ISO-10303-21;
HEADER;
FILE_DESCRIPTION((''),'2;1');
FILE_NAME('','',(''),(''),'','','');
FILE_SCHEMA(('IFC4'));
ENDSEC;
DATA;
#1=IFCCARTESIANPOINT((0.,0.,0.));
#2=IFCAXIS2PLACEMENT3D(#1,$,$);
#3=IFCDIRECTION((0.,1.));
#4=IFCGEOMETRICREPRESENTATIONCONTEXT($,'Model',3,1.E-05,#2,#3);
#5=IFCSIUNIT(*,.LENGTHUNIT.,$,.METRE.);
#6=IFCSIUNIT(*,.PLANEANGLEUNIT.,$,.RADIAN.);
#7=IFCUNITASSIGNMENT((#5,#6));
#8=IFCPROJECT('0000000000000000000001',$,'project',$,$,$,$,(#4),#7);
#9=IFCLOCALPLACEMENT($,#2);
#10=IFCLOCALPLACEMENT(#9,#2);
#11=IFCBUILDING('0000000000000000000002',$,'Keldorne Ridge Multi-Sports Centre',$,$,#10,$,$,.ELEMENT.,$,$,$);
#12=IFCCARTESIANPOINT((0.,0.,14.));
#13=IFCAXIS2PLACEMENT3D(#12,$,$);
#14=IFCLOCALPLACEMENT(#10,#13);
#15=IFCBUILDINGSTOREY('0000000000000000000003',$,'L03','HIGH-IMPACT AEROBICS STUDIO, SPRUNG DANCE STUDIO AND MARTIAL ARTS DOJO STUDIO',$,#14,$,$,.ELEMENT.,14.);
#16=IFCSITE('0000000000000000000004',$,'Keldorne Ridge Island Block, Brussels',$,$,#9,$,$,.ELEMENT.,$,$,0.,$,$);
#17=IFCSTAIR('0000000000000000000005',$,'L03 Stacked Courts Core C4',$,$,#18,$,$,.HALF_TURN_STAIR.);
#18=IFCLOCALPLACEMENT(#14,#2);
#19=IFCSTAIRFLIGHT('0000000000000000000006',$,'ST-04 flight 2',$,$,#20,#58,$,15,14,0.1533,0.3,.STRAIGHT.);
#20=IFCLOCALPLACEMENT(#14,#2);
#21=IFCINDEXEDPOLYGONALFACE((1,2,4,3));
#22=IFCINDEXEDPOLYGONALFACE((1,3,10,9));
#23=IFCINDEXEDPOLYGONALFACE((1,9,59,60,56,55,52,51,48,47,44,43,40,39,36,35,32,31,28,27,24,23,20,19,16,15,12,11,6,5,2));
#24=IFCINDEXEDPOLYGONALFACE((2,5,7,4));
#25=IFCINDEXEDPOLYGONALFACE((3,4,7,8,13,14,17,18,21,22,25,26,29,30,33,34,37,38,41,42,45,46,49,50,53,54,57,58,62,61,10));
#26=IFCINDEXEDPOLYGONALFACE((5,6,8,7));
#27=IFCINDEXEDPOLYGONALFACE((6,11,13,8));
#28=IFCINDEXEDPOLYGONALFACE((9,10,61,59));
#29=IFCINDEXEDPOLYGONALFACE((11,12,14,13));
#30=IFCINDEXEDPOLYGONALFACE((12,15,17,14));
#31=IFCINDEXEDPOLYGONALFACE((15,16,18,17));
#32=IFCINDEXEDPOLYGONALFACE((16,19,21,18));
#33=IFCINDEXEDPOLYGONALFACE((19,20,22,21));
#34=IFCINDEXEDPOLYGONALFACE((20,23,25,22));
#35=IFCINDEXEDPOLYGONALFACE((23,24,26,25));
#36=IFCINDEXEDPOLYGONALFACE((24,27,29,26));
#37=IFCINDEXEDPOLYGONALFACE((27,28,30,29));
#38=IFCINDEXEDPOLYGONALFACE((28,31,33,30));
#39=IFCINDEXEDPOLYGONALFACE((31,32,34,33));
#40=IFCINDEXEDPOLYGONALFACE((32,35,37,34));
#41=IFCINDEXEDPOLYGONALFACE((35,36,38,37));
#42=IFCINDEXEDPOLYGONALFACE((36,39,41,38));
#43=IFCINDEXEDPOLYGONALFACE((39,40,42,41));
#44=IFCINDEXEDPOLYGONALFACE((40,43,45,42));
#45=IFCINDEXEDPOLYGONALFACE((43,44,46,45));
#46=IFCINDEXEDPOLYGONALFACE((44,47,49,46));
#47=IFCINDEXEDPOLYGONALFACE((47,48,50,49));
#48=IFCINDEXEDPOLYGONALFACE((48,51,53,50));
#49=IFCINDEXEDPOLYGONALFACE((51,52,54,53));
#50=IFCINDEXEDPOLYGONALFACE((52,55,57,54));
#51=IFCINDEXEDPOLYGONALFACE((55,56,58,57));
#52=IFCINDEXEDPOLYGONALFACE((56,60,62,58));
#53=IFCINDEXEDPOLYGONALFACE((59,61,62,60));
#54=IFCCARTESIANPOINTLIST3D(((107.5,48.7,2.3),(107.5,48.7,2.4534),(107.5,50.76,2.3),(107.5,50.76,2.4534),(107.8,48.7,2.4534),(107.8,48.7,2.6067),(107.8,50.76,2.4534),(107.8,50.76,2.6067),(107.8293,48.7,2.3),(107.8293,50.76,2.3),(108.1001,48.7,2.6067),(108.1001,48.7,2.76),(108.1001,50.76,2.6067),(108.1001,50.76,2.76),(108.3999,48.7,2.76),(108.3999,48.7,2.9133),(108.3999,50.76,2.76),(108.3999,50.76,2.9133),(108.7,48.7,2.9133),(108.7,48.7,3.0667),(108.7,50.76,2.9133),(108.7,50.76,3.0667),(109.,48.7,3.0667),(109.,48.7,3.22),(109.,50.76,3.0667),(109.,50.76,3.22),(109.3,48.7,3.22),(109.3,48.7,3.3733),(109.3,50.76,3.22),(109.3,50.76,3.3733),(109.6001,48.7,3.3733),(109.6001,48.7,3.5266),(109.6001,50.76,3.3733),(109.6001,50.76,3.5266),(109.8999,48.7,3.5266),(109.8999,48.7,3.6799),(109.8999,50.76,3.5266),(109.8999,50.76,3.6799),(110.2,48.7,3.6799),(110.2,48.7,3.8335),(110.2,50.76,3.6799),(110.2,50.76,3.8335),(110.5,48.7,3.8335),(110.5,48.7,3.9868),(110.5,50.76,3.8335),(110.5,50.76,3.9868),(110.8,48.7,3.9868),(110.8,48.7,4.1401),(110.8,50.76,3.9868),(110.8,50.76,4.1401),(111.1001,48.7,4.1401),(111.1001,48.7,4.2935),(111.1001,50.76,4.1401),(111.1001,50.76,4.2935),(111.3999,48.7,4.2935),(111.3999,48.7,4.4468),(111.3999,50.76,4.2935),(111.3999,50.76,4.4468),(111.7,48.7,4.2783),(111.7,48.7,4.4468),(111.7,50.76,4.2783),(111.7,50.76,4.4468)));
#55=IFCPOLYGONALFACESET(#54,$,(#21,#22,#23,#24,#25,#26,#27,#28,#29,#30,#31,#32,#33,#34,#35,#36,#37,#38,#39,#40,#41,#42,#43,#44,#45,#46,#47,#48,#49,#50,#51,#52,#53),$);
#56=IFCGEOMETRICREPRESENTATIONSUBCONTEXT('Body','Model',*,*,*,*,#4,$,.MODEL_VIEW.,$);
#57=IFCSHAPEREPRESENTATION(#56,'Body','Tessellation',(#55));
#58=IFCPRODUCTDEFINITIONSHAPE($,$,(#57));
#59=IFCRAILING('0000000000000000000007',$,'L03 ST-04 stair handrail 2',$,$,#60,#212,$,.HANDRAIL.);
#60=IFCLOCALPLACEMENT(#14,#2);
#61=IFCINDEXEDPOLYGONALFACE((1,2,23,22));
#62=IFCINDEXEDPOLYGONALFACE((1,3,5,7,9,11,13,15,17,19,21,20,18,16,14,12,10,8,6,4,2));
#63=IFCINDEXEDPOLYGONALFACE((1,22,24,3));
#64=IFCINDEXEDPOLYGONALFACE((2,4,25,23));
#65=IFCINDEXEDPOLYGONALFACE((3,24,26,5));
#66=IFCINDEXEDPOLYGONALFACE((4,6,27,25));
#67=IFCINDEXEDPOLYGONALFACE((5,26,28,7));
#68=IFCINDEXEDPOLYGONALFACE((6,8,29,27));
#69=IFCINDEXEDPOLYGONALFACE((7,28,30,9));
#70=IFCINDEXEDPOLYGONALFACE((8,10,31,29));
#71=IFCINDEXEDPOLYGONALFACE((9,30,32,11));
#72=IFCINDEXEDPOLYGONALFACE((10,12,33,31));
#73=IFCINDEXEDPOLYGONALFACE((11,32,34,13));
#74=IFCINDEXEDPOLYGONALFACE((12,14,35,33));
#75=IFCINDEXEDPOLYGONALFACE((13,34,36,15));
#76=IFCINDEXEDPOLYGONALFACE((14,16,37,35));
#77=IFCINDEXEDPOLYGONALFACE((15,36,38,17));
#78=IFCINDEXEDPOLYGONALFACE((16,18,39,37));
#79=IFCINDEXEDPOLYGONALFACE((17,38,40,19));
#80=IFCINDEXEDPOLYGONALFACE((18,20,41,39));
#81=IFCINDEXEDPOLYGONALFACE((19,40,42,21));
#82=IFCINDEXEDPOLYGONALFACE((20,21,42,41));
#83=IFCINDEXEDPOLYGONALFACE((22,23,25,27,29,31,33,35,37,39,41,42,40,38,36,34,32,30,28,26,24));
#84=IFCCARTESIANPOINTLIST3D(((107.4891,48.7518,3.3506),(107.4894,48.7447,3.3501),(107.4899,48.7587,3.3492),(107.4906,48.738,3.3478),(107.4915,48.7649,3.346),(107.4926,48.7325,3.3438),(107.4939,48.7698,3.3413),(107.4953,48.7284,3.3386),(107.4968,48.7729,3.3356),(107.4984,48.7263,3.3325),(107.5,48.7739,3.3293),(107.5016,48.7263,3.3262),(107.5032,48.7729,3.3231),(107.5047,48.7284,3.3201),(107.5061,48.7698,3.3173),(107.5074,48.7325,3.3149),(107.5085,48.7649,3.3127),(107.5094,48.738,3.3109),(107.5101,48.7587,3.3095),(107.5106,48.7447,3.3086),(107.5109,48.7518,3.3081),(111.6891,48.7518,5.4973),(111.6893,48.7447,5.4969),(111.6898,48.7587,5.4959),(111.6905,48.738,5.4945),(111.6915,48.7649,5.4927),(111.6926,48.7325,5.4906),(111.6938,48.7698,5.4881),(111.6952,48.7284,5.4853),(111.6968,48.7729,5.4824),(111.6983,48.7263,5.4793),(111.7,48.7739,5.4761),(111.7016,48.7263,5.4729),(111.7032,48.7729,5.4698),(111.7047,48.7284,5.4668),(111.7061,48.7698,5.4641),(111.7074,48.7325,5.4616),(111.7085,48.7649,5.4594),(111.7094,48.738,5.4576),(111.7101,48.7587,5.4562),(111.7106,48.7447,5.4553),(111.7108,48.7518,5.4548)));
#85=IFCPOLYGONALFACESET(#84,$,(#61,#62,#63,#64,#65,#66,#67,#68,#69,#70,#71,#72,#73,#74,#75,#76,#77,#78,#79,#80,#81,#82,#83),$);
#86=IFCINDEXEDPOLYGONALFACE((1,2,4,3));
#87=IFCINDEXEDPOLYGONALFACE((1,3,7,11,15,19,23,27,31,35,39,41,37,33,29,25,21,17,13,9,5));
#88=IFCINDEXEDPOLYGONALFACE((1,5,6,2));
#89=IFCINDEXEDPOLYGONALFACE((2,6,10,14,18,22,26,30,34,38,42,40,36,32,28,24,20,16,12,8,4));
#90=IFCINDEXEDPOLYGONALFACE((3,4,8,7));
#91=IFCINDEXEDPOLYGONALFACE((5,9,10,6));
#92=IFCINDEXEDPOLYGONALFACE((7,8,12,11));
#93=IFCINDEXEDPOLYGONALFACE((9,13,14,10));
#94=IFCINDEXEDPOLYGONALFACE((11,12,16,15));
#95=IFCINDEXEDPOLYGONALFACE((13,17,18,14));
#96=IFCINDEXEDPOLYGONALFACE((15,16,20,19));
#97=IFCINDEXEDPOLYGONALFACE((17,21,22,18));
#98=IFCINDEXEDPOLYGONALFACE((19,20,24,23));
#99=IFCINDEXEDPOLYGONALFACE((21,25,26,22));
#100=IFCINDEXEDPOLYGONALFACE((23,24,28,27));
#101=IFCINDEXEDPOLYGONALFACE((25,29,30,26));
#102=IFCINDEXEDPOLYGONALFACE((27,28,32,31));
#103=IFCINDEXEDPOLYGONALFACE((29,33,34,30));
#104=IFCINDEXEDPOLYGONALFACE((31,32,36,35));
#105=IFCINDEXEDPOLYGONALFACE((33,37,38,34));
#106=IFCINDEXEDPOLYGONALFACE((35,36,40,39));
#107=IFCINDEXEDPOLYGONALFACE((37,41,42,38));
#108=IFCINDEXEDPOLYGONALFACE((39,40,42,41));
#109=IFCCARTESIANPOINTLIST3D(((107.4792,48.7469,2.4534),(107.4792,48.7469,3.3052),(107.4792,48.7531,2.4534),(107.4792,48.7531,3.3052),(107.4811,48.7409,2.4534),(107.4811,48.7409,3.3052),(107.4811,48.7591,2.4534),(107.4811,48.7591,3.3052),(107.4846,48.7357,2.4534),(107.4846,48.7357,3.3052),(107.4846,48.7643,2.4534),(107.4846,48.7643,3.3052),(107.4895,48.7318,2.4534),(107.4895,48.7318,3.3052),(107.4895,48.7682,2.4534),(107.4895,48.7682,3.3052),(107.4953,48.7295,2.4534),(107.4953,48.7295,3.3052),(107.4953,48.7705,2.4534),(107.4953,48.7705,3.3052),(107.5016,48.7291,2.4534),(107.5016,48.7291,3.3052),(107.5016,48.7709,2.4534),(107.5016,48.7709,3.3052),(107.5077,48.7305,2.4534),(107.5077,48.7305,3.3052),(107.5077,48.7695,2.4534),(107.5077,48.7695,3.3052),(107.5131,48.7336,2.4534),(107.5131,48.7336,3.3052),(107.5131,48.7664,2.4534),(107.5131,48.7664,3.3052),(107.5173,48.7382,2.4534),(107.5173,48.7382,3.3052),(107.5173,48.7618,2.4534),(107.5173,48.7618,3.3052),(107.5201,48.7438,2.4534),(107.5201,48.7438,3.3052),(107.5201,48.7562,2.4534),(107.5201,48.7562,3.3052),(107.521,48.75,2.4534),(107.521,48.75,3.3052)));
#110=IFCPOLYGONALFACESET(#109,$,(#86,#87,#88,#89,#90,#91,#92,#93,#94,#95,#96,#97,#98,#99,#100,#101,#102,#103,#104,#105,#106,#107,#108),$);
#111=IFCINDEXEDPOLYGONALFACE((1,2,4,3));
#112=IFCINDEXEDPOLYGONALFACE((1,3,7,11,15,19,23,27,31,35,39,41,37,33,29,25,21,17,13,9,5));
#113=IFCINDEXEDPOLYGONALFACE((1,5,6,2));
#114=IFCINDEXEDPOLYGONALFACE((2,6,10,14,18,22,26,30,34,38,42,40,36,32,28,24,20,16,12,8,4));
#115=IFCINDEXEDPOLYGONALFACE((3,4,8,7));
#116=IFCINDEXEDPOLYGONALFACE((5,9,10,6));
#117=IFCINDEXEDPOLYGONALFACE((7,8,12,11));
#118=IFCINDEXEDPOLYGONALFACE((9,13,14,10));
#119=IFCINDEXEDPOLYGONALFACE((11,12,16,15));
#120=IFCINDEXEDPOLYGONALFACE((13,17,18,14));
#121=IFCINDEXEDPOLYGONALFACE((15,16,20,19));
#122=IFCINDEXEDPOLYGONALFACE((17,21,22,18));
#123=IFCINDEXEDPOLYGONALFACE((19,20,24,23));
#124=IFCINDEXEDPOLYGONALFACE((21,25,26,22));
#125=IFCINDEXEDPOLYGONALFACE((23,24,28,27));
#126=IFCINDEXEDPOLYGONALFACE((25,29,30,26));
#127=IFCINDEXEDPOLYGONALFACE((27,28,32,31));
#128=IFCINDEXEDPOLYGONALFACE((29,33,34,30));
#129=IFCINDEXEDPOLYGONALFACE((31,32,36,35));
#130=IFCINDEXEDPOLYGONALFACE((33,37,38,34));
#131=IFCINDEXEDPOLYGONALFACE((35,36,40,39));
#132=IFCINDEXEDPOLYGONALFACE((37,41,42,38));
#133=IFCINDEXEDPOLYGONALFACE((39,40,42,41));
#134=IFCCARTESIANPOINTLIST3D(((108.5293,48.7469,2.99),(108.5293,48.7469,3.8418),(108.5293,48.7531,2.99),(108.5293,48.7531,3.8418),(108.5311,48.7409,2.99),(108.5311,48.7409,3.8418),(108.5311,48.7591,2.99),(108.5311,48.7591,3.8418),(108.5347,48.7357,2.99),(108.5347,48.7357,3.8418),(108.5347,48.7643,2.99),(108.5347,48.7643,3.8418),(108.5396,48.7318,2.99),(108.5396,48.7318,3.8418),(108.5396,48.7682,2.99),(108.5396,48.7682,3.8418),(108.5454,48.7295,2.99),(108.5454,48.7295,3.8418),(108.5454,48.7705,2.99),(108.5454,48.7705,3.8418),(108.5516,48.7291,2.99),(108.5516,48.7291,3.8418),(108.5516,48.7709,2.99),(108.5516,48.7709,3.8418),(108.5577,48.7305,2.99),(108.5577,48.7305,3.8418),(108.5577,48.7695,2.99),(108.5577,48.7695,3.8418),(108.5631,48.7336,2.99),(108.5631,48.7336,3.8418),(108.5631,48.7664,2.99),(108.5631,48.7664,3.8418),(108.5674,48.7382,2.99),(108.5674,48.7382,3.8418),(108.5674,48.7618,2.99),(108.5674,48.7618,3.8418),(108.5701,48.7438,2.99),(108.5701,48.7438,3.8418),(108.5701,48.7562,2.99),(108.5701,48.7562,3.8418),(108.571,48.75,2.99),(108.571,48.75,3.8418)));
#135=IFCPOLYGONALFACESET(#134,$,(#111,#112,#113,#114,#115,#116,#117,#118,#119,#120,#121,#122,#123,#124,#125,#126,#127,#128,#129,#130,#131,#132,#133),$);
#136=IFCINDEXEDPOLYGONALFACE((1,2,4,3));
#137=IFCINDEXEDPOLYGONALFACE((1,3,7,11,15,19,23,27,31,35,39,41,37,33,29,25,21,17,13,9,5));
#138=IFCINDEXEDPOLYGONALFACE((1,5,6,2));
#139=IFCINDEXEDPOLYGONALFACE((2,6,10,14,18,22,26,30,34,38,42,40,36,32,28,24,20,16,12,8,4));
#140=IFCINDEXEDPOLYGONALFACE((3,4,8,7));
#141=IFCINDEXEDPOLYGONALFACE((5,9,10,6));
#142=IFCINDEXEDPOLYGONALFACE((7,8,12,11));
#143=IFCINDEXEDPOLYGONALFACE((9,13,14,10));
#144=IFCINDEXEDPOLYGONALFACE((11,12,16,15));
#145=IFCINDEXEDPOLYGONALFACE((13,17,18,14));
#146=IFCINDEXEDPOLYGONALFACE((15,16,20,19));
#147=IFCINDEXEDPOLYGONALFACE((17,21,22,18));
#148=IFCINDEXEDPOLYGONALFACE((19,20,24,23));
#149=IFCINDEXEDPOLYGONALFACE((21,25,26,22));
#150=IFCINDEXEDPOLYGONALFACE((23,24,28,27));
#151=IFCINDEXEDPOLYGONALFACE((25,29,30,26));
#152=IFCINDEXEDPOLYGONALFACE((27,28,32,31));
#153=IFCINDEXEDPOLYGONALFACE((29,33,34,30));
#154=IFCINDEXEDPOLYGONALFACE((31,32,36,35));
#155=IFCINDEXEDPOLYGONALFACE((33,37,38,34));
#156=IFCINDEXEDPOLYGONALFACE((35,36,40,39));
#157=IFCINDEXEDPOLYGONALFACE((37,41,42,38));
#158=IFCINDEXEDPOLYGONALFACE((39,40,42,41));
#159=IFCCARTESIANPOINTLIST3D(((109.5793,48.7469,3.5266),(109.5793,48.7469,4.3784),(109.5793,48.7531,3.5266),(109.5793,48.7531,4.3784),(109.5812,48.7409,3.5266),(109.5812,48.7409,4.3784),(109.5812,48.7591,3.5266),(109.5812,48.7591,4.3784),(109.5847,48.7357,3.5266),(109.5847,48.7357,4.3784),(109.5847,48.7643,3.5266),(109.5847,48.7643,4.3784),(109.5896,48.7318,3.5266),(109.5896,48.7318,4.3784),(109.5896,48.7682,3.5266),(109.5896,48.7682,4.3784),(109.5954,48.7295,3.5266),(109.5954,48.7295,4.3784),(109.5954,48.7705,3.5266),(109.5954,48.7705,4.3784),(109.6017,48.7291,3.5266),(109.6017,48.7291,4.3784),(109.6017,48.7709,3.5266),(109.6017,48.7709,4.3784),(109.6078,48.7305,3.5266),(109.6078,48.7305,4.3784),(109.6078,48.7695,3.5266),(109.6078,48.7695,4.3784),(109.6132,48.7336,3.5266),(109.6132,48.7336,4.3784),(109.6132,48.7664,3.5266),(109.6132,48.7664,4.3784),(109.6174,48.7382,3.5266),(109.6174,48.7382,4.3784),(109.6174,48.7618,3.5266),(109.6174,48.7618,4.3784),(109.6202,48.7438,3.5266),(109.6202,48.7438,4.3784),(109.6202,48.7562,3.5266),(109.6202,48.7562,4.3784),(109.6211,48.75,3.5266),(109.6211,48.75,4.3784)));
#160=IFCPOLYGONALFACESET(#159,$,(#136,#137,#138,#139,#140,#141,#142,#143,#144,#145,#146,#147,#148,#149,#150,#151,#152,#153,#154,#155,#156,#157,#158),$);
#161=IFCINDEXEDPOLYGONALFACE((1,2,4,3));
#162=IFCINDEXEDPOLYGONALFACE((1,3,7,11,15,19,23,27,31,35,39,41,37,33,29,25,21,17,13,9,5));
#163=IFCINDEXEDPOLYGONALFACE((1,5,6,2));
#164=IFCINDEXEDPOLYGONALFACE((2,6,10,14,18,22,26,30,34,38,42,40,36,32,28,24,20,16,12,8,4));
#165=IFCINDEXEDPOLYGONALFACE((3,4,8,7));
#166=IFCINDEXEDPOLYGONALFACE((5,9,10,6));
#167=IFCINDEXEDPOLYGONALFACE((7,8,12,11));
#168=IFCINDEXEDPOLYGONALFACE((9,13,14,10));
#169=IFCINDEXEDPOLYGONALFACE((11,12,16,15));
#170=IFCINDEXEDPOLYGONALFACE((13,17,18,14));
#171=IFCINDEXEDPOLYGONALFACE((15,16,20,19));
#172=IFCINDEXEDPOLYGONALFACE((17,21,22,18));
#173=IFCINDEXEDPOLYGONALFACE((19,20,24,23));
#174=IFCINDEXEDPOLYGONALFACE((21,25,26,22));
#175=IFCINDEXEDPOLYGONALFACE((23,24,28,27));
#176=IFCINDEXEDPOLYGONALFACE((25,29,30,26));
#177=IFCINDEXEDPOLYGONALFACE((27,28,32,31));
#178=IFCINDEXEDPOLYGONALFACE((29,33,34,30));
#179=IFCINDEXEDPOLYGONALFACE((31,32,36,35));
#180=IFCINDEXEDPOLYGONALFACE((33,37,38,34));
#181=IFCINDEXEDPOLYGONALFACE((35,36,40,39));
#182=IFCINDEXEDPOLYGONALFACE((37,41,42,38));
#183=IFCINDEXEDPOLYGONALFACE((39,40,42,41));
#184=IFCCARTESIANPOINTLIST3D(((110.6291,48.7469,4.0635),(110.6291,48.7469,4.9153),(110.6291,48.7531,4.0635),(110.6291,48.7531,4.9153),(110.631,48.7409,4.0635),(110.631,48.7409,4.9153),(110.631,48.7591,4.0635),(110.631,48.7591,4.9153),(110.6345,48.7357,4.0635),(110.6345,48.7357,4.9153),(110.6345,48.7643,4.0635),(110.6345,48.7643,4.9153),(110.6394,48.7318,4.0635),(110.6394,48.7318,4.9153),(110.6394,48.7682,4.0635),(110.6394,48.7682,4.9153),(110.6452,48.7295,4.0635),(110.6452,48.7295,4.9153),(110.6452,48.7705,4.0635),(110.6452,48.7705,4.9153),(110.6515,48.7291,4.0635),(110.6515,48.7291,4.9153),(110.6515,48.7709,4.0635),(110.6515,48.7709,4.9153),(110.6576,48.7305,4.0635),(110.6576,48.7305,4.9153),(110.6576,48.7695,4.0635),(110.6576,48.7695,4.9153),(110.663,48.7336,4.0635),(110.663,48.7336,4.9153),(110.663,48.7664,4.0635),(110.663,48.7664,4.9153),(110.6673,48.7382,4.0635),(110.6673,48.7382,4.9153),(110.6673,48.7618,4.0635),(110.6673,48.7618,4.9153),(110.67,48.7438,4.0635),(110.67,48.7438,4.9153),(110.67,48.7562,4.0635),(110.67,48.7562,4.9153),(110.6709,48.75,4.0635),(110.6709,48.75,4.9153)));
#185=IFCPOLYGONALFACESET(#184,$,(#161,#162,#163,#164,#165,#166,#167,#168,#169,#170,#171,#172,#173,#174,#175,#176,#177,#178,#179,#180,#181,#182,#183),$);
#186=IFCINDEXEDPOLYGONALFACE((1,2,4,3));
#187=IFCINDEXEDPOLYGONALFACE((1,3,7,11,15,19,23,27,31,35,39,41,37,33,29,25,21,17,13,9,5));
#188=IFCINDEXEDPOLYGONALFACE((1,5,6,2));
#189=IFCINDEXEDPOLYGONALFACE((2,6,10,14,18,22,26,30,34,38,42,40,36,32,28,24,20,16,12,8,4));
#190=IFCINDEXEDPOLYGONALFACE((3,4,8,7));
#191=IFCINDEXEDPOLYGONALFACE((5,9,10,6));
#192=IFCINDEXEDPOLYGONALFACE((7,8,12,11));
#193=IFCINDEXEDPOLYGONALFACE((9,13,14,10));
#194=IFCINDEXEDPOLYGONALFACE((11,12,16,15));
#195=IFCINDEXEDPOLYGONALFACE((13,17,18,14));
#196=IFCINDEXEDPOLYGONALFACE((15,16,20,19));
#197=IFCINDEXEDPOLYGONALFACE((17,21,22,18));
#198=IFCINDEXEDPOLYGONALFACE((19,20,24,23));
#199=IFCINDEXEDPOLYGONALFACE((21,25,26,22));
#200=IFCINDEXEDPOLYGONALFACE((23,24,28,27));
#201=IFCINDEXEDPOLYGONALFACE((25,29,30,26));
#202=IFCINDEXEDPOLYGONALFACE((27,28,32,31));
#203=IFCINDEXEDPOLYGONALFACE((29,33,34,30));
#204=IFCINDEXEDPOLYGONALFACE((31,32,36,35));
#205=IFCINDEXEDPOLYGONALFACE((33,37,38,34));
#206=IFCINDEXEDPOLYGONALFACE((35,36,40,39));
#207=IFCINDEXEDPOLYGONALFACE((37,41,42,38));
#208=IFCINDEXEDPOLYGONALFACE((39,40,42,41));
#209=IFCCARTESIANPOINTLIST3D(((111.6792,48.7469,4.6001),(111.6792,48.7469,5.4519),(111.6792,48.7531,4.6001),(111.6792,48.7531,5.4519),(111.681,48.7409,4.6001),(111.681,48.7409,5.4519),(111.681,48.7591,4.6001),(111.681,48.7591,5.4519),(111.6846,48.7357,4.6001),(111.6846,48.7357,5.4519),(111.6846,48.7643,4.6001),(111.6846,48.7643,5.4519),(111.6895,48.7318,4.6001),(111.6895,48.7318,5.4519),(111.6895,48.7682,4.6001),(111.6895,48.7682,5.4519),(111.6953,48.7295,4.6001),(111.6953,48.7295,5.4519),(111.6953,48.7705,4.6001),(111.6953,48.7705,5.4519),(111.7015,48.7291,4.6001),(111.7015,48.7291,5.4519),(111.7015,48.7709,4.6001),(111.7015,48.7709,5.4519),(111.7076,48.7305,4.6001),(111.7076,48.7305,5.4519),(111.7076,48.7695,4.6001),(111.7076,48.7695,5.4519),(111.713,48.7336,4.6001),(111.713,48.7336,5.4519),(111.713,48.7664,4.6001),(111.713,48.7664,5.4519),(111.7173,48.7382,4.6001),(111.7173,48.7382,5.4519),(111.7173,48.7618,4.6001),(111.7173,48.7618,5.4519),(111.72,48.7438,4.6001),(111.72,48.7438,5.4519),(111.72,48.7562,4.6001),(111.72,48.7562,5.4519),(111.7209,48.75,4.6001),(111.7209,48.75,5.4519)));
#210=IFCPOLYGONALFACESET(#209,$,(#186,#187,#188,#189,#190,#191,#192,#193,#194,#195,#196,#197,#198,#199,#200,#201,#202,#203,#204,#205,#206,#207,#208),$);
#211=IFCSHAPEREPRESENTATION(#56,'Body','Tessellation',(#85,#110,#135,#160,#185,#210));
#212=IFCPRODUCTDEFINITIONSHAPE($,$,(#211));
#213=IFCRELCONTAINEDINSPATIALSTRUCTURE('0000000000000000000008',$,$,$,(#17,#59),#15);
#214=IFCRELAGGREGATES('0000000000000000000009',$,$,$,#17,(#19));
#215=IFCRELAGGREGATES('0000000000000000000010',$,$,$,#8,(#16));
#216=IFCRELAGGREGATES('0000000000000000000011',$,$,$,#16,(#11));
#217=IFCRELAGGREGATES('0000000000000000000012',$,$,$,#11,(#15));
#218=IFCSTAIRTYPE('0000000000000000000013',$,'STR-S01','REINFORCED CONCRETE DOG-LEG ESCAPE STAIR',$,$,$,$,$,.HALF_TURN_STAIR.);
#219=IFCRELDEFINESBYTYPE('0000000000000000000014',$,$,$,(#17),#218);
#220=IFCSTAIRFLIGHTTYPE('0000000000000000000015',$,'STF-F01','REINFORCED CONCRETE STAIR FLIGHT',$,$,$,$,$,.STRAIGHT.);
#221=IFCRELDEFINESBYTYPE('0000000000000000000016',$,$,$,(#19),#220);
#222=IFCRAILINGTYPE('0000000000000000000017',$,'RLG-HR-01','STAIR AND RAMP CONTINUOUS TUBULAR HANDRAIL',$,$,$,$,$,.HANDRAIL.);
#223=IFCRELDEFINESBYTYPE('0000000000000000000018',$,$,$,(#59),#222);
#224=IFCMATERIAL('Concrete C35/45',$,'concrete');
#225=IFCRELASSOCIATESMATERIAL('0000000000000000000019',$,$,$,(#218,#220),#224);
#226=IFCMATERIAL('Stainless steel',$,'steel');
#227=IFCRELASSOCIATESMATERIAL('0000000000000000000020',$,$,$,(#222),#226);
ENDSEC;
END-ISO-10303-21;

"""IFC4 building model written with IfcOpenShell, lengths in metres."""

from ifc_helpers import new_model, si_unit, direction, frame, origin, origin_2d, place, context, subcontext, project, spatial, polyline, circle, outline, extrude, material, type_object, element, aggregate, save


model = new_model("IFC4")

# Units and contexts
model_context = context("Model", 3, precision=1e-05, world=origin(), true_north=direction((0.0, 1.0)))
body_context = subcontext(model_context, "Body", "Model", "MODEL_VIEW")
ifc_project = project(units=[si_unit("LENGTHUNIT", "METRE"), si_unit("PLANEANGLEUNIT", "RADIAN")], contexts=[model_context])

# Site, building, storey
site_placement = place(None, origin())
site = spatial("IfcSite", under=ifc_project, at=site_placement, Name="Keldorne Ridge Island Block, Brussels", CompositionType="ELEMENT", RefElevation=0.0)
building_placement = place(site_placement, origin())
building = spatial("IfcBuilding", under=site, at=building_placement, Name="Keldorne Ridge Multi-Sports Centre", CompositionType="ELEMENT")
storey_placement = place(building_placement, frame((0.0, 0.0, 14.0)))
storey = spatial("IfcBuildingStorey", under=building, at=storey_placement, Name="L03", Description="HIGH-IMPACT AEROBICS STUDIO, SPRUNG DANCE STUDIO AND MARTIAL ARTS DOJO STUDIO", CompositionType="ELEMENT", Elevation=14.0)

# Shared definitions
ifc_material_1 = material(Name="Stainless steel", Category="steel")

# Stair, stair flight
ifc_material_2 = material(Name="Concrete C35/45", Category="concrete")
stair_type = type_object("IfcStairType", Name="STR-S01", Description="REINFORCED CONCRETE DOG-LEG ESCAPE STAIR", PredefinedType="HALF_TURN_STAIR", material=ifc_material_2)
stair_placement = place(storey_placement, origin())
stair = element("IfcStair", 1, at=stair_placement, inside=storey, type_object=stair_type, Name="L03 Stacked Courts Core C4", PredefinedType="HALF_TURN_STAIR")
stair_flight_type = type_object("IfcStairFlightType", Name="STF-F01", Description="REINFORCED CONCRETE STAIR FLIGHT", PredefinedType="STRAIGHT", material=ifc_material_2)
stair_flight_placement = place(storey_placement, frame((107.5, 49.73, 2.3), z_axis=(0.0, 0.0, 1.0), x_axis=(1.0, 0.0, 0.0)))
stair_flight = element("IfcStairFlight", 2, at=stair_flight_placement, type_object=stair_flight_type, Name="ST-04 flight 2", NumberOfRisers=15, NumberOfTreads=14, PredefinedType="STRAIGHT", RiserHeight=0.1533, TreadLength=0.3, context=body_context, shape_type="SweptSolid", body=[
    extrude(outline(polyline([(0.0, 0.0), (0.0, 0.1533), (0.3, 0.1533), (0.3, 0.3066), (0.6001, 0.3066), (0.6001, 0.46), (0.8999, 0.46), (0.8999, 0.6133), (1.2, 0.6133), (1.2, 0.7666), (1.5, 0.7666), (1.5, 0.9199), (1.8, 0.9199), (1.8, 1.0732), (2.1001, 1.0732), (2.1001, 1.2266), (2.3999, 1.2266), (2.3999, 1.3799), (2.7, 1.3799), (2.7, 1.5334), (3.0, 1.5334), (3.0, 1.6868), (3.3, 1.6868), (3.3, 1.8401), (3.6001, 1.8401), (3.6001, 1.9934), (3.8999, 1.9934), (3.8999, 2.1467), (4.2, 2.1467), (4.2, 2.3), (4.2, 1.9783), (0.3293, 0.0), (0.0, 0.0)])), frame((0.0, 1.03, 0.0), z_axis=(0.0, -1.0, 0.0), x_axis=(1.0, 0.0, 0.0)), (0.0, 0.0, 1.0), 2.0601),
])
aggregate(stair, [stair_flight])

# Railing
railing_type_1 = type_object("IfcRailingType", Name="RLG-HR-01", Description="STAIR AND RAMP CONTINUOUS TUBULAR HANDRAIL", PredefinedType="HANDRAIL", material=ifc_material_1)
railing_1_placement = place(storey_placement, frame((107.5, 48.75, 2.4534)))
element("IfcRailing", 3, at=railing_1_placement, inside=storey, type_object=railing_type_1, Name="L03 ST-04 stair handrail 2", PredefinedType="HANDRAIL", context=body_context, shape_type="SweptSolid", body=[
    extrude(circle(Radius=0.0239, at=origin_2d()), frame((0.0, 0.0, 0.876), z_axis=(0.890427, 0.0, 0.455126), x_axis=(0.0, 1.0, 0.0)), (0.0, 0.0, 1.0), 4.7168),
    extrude(circle(Radius=0.021, at=origin_2d()), origin(), (0.0, 0.0, 1.0), 0.8518),
    extrude(circle(Radius=0.021, at=origin_2d()), frame((1.05, 0.0, 0.5366)), (0.0, 0.0, 1.0), 0.8518),
    extrude(circle(Radius=0.021, at=origin_2d()), frame((2.1001, 0.0, 1.0732)), (0.0, 0.0, 1.0), 0.8518),
    extrude(circle(Radius=0.021, at=origin_2d()), frame((3.1499, 0.0, 1.6101)), (0.0, 0.0, 1.0), 0.8518),
    extrude(circle(Radius=0.021, at=origin_2d()), frame((4.2, 0.0, 2.1467)), (0.0, 0.0, 1.0), 0.8518),
])

save(model, "model.ifc")
